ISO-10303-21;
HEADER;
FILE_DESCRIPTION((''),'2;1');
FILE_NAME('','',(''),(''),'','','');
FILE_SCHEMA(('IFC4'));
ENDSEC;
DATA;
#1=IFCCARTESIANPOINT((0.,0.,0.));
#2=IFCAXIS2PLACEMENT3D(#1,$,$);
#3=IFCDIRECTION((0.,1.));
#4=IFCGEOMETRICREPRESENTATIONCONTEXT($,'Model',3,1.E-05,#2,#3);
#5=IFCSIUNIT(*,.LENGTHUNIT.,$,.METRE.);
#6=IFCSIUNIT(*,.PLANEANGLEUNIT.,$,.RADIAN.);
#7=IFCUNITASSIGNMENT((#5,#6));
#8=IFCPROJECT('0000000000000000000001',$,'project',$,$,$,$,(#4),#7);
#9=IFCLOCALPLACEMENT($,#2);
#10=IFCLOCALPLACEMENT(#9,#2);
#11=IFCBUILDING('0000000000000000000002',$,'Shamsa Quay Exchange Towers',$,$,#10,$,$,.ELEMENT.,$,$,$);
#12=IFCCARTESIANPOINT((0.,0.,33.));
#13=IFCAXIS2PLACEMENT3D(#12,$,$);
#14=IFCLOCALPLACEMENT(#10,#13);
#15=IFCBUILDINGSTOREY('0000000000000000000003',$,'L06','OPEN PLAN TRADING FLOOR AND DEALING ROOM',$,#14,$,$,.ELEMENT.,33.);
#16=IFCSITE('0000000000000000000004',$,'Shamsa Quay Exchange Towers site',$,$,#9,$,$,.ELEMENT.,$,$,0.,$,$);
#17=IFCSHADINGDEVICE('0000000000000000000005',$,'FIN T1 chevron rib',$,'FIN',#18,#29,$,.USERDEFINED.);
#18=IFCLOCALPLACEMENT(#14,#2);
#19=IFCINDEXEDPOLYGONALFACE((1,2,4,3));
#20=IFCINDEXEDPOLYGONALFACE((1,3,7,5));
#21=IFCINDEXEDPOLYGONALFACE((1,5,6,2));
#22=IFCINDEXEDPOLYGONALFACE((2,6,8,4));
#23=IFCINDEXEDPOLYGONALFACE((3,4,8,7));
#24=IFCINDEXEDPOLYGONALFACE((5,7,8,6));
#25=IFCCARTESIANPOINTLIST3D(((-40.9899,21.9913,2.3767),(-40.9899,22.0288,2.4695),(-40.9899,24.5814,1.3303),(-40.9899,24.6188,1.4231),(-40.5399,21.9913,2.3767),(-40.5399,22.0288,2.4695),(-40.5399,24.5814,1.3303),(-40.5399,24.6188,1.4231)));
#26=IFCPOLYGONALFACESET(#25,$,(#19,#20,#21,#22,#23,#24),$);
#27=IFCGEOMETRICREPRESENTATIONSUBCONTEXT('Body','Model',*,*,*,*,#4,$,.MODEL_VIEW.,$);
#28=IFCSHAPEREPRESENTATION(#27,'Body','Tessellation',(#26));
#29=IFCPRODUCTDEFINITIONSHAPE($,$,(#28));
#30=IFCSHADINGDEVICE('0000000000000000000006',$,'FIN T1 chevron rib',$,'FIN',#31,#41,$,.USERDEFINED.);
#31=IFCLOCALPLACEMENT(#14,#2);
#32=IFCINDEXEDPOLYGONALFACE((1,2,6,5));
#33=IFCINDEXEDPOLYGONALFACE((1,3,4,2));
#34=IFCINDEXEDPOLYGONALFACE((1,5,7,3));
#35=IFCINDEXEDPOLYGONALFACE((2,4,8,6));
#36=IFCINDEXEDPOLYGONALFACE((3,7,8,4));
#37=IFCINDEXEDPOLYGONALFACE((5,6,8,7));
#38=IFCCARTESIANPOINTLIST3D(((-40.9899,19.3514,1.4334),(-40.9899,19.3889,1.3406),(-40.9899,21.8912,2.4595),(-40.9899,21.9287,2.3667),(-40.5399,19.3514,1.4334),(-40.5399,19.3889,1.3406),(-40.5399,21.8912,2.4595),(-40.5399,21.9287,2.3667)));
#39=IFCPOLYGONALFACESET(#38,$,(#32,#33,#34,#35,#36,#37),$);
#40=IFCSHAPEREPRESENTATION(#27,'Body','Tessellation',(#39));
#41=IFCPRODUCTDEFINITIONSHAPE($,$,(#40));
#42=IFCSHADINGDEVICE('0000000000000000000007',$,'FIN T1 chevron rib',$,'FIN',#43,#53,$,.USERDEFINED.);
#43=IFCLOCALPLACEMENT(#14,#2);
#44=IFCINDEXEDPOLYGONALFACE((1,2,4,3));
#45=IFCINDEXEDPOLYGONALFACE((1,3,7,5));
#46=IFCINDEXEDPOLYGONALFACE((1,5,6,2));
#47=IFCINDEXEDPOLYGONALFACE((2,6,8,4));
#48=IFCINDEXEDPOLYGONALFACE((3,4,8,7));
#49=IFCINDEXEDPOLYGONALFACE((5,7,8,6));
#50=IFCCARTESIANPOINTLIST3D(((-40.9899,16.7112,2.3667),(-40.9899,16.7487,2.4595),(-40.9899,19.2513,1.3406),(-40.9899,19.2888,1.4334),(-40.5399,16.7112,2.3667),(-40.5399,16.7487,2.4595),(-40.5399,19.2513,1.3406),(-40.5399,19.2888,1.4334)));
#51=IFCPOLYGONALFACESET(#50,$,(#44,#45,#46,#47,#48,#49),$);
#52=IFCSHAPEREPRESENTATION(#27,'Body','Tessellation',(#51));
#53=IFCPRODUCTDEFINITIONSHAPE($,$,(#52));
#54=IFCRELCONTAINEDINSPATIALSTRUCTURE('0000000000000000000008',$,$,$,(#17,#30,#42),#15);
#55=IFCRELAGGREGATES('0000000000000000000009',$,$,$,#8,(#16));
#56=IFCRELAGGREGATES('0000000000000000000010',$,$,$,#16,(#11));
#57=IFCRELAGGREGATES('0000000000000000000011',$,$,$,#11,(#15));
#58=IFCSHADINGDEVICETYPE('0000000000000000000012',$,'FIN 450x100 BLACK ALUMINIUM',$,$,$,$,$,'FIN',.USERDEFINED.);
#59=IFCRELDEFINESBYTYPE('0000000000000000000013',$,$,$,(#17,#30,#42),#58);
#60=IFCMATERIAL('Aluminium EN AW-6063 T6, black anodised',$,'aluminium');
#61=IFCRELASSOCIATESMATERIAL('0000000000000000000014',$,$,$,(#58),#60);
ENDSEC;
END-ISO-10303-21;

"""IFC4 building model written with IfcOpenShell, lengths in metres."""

from ifc_helpers import new_model, si_unit, direction, frame, origin, origin_2d, place, context, subcontext, project, spatial, rectangle, extrude, material, material_profile, profile_set, type_object, element, save


model = new_model("IFC4")

# Units and contexts
model_context = context("Model", 3, precision=1e-05, world=origin(), true_north=direction((0.0, 1.0)))
body_context = subcontext(model_context, "Body", "Model", "MODEL_VIEW")
ifc_project = project(units=[si_unit("LENGTHUNIT", "METRE"), si_unit("PLANEANGLEUNIT", "RADIAN")], contexts=[model_context])

# Site, building, storey
site_placement = place(None, origin())
site = spatial("IfcSite", under=ifc_project, at=site_placement, Name="Shamsa Quay Exchange Towers site", CompositionType="ELEMENT", RefElevation=0.0)
building_placement = place(site_placement, origin())
building = spatial("IfcBuilding", under=site, at=building_placement, Name="Shamsa Quay Exchange Towers", CompositionType="ELEMENT")
storey_placement = place(building_placement, frame((0.0, 0.0, 33.0)))
storey = spatial("IfcBuildingStorey", under=building, at=storey_placement, Name="L06", Description="OPEN PLAN TRADING FLOOR AND DEALING ROOM", CompositionType="ELEMENT", Elevation=33.0)

# Shared definitions
ifc_material_1 = material(Name="Aluminium EN AW-6063 T6, black anodised", Category="aluminium")

# Shading devices
ifc_material_profile_1 = material_profile(ifc_material_1, rectangle(XDim=0.45, YDim=0.1001, at=origin_2d()), Name="FIN450x100")
ifc_profile_set_1 = profile_set([ifc_material_profile_1], Name="Aluminium EN AW-6063 T6, black anodised")
shading_device_type = type_object("IfcShadingDeviceType", Name="FIN 450x100 BLACK ALUMINIUM", ElementType="FIN", PredefinedType="USERDEFINED", material=ifc_profile_set_1)
for number, where, z_axis, x_axis, name in (
    (1, (-40.7649, 24.6001, 1.3767), (0.0, -0.927193, 0.374583), (1.0, 0.0, 0.0), "FIN T1 chevron rib"),
):
    element("IfcShadingDevice", number, at=place(storey_placement, frame(where, z_axis=z_axis, x_axis=x_axis)), inside=storey, type_object=shading_device_type, Name=name, ObjectType="FIN", PredefinedType="USERDEFINED", context=body_context, shape_type="SweptSolid", body=[
        extrude(rectangle(XDim=0.45, YDim=0.1001, at=origin_2d()), origin(), (0.0, 0.0, 1.0), 2.7935),
    ])
shading_device_1_placement = place(storey_placement, frame((-40.7649, 21.9099, 2.4131), z_axis=(0.0, -0.927186, -0.3746), x_axis=(1.0, 0.0, 0.0)))
element("IfcShadingDevice", 2, at=shading_device_1_placement, inside=storey, type_object=shading_device_type, Name="FIN T1 chevron rib", ObjectType="FIN", PredefinedType="USERDEFINED", context=body_context, shape_type="SweptSolid", body=[
    extrude(rectangle(XDim=0.45, YDim=0.1001, at=origin_2d()), origin(), (0.0, 0.0, 1.0), 2.7393),
])
shading_device_2_placement = place(storey_placement, frame((-40.7649, 19.27, 1.387), z_axis=(0.0, -0.927199, 0.374569), x_axis=(1.0, 0.0, 0.0)))
element("IfcShadingDevice", 3, at=shading_device_2_placement, inside=storey, type_object=shading_device_type, Name="FIN T1 chevron rib", ObjectType="FIN", PredefinedType="USERDEFINED", context=body_context, shape_type="SweptSolid", body=[
    extrude(rectangle(XDim=0.45, YDim=0.1001, at=origin_2d()), origin(), (0.0, 0.0, 1.0), 2.7395),
])

save(model, "model.ifc")
